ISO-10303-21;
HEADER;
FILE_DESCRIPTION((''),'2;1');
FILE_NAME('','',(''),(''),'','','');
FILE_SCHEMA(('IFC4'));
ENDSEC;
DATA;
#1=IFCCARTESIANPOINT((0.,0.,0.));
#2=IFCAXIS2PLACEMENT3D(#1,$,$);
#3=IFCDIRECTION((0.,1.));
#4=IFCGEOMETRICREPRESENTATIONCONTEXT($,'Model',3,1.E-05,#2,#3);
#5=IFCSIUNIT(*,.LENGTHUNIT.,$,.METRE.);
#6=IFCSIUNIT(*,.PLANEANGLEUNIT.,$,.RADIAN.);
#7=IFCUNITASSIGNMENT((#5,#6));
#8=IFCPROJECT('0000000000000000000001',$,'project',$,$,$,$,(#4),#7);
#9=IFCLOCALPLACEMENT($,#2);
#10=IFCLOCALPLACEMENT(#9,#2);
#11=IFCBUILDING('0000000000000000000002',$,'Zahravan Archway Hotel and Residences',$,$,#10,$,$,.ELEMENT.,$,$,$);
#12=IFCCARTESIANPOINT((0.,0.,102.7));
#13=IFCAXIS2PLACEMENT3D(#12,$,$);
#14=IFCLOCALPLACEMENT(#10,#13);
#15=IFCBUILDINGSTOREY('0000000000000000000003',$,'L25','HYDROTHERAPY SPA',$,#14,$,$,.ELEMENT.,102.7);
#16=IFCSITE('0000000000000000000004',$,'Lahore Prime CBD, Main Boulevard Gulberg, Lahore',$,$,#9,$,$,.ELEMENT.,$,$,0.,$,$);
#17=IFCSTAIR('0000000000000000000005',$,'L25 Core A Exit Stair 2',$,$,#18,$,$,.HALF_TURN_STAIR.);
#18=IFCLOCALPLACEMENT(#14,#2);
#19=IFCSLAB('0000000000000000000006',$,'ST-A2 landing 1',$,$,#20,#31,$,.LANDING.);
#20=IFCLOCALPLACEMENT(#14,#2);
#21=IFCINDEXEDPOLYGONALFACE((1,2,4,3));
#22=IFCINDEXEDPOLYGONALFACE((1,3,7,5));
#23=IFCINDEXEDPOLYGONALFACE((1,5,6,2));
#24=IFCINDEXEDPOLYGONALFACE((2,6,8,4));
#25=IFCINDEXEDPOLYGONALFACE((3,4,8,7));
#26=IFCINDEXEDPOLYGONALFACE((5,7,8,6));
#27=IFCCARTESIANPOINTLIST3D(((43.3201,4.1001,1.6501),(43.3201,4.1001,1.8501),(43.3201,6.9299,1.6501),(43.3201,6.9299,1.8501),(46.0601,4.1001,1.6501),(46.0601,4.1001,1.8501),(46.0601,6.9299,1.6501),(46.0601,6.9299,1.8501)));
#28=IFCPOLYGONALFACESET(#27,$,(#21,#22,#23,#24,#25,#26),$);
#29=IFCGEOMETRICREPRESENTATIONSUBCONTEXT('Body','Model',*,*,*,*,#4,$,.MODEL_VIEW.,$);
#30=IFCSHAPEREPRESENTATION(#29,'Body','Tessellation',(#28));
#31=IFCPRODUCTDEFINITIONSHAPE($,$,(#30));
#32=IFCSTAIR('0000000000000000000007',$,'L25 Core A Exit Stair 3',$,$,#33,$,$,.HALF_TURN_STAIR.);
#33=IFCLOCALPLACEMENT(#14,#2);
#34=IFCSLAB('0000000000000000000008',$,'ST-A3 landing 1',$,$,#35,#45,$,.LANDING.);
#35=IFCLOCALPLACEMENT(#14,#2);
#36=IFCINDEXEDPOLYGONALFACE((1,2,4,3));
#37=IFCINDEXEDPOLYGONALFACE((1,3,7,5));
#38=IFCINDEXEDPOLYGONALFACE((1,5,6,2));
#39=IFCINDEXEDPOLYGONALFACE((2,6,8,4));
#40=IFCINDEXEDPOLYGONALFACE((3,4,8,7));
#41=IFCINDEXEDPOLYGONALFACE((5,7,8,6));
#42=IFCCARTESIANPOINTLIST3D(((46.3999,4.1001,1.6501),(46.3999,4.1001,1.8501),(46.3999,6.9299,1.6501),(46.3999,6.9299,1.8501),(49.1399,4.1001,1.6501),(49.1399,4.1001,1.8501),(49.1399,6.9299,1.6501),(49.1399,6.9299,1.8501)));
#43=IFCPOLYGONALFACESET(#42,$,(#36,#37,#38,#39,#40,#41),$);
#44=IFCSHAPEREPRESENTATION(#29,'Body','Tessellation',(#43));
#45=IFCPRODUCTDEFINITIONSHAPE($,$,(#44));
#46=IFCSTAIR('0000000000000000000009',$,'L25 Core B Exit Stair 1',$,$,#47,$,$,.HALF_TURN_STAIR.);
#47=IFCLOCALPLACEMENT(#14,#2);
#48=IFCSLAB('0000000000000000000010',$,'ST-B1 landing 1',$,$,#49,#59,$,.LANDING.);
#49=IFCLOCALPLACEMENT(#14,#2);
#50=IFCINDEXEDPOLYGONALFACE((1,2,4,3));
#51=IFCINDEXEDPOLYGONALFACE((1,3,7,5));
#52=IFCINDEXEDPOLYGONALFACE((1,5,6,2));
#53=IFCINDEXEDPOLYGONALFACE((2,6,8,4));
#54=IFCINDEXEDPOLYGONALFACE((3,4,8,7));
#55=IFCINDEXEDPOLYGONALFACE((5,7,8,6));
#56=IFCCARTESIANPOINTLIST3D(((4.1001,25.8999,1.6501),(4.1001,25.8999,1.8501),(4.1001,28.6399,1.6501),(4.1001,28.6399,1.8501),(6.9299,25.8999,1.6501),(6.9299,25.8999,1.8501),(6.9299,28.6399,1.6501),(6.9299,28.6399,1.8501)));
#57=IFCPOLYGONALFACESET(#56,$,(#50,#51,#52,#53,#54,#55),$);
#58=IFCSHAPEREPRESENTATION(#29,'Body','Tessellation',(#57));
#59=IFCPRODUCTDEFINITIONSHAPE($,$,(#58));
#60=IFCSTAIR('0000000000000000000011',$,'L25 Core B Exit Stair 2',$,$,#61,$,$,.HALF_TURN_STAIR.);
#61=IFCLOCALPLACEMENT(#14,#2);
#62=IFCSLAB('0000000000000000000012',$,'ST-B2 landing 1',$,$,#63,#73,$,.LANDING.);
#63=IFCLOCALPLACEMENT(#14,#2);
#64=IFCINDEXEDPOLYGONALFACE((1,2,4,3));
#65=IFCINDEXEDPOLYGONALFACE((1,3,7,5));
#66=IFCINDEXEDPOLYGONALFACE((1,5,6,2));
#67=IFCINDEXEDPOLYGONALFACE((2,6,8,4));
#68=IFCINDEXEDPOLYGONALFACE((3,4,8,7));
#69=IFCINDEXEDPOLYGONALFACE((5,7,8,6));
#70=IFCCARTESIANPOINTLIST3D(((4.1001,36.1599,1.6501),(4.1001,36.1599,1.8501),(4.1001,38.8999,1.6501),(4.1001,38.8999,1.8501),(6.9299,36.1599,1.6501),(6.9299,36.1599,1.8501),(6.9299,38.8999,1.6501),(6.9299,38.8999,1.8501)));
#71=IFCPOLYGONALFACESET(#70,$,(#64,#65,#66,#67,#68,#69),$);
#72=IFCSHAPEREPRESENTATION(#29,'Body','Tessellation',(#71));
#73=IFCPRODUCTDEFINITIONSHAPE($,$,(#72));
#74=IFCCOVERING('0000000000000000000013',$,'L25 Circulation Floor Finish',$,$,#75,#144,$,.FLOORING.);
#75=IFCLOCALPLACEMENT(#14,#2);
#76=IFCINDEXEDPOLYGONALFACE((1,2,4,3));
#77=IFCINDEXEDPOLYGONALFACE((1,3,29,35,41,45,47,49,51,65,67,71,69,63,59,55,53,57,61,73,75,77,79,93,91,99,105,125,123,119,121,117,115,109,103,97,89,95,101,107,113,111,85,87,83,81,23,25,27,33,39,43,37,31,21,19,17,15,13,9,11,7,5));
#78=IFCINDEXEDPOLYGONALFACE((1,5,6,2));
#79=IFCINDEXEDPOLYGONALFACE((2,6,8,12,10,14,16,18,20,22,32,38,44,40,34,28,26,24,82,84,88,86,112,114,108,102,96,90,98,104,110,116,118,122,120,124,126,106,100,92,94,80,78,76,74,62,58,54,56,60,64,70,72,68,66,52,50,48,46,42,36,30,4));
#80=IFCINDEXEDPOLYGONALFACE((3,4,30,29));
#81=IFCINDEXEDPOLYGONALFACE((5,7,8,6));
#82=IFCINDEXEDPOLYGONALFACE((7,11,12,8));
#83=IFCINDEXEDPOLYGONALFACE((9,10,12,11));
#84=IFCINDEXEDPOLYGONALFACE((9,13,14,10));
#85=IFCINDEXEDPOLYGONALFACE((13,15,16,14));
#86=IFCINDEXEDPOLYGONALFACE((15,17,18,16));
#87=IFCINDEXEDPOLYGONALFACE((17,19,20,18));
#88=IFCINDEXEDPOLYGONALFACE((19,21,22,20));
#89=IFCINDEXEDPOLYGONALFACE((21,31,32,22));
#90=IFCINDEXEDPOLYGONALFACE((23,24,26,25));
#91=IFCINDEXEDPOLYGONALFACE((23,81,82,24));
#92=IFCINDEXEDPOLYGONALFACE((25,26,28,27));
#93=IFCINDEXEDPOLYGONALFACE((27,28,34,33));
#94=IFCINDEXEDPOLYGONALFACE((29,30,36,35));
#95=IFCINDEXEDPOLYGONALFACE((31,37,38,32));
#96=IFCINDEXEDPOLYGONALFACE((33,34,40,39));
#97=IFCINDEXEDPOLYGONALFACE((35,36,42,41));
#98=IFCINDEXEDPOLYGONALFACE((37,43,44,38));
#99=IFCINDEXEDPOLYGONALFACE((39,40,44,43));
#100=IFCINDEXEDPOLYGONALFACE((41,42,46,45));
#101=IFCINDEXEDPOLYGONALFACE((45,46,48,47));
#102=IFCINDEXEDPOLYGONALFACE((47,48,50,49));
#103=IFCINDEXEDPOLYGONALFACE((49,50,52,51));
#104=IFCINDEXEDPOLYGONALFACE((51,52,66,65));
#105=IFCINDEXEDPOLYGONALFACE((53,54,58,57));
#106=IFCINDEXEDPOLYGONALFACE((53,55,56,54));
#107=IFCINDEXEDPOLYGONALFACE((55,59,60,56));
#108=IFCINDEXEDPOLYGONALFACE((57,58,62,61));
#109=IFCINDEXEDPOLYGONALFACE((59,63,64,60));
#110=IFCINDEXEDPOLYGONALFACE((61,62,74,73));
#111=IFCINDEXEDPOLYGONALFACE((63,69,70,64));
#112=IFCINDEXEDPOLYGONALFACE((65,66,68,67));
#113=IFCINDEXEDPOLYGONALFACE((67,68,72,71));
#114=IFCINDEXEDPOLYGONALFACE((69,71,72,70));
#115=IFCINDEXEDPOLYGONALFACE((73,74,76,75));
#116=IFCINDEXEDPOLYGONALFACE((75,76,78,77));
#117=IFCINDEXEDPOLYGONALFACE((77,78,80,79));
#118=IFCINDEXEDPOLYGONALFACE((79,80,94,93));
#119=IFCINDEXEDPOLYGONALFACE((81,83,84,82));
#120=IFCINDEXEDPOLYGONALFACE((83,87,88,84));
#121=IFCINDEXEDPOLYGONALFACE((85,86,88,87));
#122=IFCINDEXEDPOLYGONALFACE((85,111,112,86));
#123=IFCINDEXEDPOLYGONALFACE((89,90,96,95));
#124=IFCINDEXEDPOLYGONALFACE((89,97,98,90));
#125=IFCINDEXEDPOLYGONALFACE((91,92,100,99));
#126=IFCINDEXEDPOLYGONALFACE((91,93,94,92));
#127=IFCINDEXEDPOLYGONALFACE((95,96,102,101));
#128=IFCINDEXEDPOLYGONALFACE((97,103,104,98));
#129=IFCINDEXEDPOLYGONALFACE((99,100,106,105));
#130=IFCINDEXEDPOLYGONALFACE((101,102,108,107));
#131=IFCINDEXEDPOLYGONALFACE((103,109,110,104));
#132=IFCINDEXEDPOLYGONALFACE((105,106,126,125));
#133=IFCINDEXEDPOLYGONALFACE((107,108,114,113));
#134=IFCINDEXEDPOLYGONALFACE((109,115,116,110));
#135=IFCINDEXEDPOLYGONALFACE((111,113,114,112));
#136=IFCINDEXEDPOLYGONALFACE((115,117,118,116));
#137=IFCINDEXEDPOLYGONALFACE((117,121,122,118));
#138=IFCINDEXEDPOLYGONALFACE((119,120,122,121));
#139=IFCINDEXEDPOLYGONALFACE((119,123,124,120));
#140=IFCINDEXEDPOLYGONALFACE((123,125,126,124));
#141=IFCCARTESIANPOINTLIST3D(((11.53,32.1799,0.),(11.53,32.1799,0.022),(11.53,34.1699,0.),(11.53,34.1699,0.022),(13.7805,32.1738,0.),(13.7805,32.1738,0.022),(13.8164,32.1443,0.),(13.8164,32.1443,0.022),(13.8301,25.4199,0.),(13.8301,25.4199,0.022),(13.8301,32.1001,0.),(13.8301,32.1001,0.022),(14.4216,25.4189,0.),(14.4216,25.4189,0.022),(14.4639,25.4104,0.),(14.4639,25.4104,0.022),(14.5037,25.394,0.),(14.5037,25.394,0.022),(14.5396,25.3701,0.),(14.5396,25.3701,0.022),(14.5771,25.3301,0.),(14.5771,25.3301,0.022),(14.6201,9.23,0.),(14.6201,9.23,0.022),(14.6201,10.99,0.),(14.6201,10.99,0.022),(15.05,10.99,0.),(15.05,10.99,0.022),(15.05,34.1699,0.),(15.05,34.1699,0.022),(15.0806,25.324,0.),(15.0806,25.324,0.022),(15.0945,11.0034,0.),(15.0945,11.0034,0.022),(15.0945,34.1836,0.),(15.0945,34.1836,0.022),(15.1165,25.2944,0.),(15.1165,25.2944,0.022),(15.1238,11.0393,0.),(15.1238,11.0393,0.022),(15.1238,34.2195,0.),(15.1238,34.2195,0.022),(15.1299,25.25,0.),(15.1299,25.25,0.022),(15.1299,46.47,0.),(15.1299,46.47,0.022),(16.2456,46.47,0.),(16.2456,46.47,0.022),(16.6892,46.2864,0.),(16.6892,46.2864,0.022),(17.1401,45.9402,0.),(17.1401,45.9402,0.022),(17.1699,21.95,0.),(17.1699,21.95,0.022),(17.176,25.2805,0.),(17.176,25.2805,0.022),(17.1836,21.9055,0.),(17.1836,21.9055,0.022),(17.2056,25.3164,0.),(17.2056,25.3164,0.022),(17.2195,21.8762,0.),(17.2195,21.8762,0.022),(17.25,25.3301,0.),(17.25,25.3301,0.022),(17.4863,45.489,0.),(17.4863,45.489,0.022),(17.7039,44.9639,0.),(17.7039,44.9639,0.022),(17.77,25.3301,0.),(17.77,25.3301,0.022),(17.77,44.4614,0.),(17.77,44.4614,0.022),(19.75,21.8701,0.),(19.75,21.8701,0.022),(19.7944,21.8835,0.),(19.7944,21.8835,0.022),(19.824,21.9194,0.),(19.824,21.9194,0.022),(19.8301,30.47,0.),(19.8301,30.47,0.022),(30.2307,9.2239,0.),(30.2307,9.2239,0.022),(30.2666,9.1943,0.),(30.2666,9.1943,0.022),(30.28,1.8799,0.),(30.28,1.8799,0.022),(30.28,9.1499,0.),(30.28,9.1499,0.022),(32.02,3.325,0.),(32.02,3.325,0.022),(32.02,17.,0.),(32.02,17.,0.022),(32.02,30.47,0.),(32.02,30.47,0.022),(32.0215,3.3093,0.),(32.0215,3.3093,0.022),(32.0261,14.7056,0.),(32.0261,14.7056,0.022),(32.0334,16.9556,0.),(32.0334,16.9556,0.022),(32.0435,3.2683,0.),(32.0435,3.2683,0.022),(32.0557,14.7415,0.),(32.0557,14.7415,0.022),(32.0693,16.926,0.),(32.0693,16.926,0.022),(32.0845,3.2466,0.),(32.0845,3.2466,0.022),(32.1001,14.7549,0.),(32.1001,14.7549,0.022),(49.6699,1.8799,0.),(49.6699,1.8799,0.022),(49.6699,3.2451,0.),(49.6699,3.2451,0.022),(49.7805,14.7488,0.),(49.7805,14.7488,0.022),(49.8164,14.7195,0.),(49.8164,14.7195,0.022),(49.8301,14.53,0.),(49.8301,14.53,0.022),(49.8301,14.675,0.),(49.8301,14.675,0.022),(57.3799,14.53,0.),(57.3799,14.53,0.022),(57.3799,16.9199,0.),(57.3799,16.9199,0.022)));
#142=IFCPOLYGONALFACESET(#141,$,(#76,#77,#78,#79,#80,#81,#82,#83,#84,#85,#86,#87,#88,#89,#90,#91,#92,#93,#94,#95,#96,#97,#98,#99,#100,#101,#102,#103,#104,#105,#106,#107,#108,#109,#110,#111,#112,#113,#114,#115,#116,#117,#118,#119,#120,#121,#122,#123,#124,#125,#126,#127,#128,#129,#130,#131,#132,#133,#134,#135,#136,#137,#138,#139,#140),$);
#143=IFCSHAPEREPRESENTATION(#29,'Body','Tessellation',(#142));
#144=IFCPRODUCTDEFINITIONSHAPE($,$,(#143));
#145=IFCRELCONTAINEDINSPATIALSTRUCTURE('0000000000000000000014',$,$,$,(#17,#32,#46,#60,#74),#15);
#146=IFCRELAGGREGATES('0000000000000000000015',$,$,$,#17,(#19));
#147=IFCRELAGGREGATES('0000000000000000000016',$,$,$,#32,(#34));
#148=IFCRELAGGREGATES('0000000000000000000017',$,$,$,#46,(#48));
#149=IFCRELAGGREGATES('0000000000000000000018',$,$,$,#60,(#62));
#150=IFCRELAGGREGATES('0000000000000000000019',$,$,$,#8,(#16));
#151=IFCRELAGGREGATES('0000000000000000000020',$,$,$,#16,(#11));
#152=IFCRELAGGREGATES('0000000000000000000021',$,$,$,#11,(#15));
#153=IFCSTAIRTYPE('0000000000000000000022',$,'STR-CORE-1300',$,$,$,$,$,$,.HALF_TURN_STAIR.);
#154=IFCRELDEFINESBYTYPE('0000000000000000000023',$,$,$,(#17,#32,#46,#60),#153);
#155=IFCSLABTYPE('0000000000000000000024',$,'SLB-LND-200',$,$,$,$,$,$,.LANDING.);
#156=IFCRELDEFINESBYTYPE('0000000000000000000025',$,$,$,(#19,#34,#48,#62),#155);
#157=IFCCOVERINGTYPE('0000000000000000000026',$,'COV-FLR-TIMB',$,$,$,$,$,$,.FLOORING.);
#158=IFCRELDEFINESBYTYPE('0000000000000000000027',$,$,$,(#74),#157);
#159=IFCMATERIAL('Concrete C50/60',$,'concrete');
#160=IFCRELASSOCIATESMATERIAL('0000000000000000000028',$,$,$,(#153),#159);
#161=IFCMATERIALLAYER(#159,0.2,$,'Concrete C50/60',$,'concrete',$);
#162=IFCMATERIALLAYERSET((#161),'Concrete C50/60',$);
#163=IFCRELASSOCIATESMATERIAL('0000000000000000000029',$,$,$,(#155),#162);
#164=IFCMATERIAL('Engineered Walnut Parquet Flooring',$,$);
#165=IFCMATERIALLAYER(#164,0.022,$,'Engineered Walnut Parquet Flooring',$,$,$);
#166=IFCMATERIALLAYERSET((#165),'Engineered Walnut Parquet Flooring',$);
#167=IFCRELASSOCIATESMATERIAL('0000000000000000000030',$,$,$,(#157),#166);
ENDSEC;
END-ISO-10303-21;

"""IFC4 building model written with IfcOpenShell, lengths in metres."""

from ifc_helpers import new_model, si_unit, direction, frame, origin, place, context, subcontext, project, spatial, polyline, outline, extrude, material, layer, layer_set, type_object, element, aggregate, save


model = new_model("IFC4")

# Units and contexts
model_context = context("Model", 3, precision=1e-05, world=origin(), true_north=direction((0.0, 1.0)))
body_context = subcontext(model_context, "Body", "Model", "MODEL_VIEW")
ifc_project = project(units=[si_unit("LENGTHUNIT", "METRE"), si_unit("PLANEANGLEUNIT", "RADIAN")], contexts=[model_context])

# Site, building, storey
site_placement = place(None, origin())
site = spatial("IfcSite", under=ifc_project, at=site_placement, Name="Lahore Prime CBD, Main Boulevard Gulberg, Lahore", CompositionType="ELEMENT", RefElevation=0.0)
building_placement = place(site_placement, origin())
building = spatial("IfcBuilding", under=site, at=building_placement, Name="Zahravan Archway Hotel and Residences", CompositionType="ELEMENT")
storey_placement = place(building_placement, frame((0.0, 0.0, 102.7)))
storey = spatial("IfcBuildingStorey", under=building, at=storey_placement, Name="L25", Description="HYDROTHERAPY SPA", CompositionType="ELEMENT", Elevation=102.7)

# Stairs, slabs
ifc_material_1 = material(Name="Concrete C50/60", Category="concrete")
stair_type = type_object("IfcStairType", Name="STR-CORE-1300", PredefinedType="HALF_TURN_STAIR", material=ifc_material_1)
ifc_layer_1 = layer(ifc_material_1, 0.2, Name="Concrete C50/60", Category="concrete")
ifc_layer_set_1 = layer_set([ifc_layer_1], Name="Concrete C50/60")
slab_type_1 = type_object("IfcSlabType", Name="SLB-LND-200", PredefinedType="LANDING", material=ifc_layer_set_1)
stair_1_placement = place(storey_placement, origin())
stair_1 = element("IfcStair", 1, at=stair_1_placement, inside=storey, type_object=stair_type, Name="L25 Core A Exit Stair 2", PredefinedType="HALF_TURN_STAIR")
slab_1_placement = place(storey_placement, frame((0.0, 0.0, 1.6501)))
slab_1 = element("IfcSlab", 2, at=slab_1_placement, type_object=slab_type_1, Name="ST-A2 landing 1", PredefinedType="LANDING", context=body_context, shape_type="SweptSolid", body=[
    extrude(outline(polyline([(43.3201, 6.9299), (43.3201, 4.1001), (46.0601, 4.1001), (46.0601, 6.9299), (43.3201, 6.9299)])), origin(), (0.0, 0.0, 1.0), 0.2),
])
aggregate(stair_1, [slab_1])
stair_2_placement = place(storey_placement, origin())
stair_2 = element("IfcStair", 3, at=stair_2_placement, inside=storey, type_object=stair_type, Name="L25 Core A Exit Stair 3", PredefinedType="HALF_TURN_STAIR")
slab_2_placement = place(storey_placement, frame((0.0, 0.0, 1.6501)))
slab_2 = element("IfcSlab", 4, at=slab_2_placement, type_object=slab_type_1, Name="ST-A3 landing 1", PredefinedType="LANDING", context=body_context, shape_type="SweptSolid", body=[
    extrude(outline(polyline([(46.3999, 6.9299), (46.3999, 4.1001), (49.1399, 4.1001), (49.1399, 6.9299), (46.3999, 6.9299)])), origin(), (0.0, 0.0, 1.0), 0.2),
])
aggregate(stair_2, [slab_2])
stair_3_placement = place(storey_placement, origin())
stair_3 = element("IfcStair", 5, at=stair_3_placement, inside=storey, type_object=stair_type, Name="L25 Core B Exit Stair 1", PredefinedType="HALF_TURN_STAIR")
slab_3_placement = place(storey_placement, frame((0.0, 0.0, 1.6501)))
slab_3 = element("IfcSlab", 6, at=slab_3_placement, type_object=slab_type_1, Name="ST-B1 landing 1", PredefinedType="LANDING", context=body_context, shape_type="SweptSolid", body=[
    extrude(outline(polyline([(6.9299, 28.6399), (4.1001, 28.6399), (4.1001, 25.8999), (6.9299, 25.8999), (6.9299, 28.6399)])), origin(), (0.0, 0.0, 1.0), 0.2),
])
aggregate(stair_3, [slab_3])
stair_4_placement = place(storey_placement, origin())
stair_4 = element("IfcStair", 7, at=stair_4_placement, inside=storey, type_object=stair_type, Name="L25 Core B Exit Stair 2", PredefinedType="HALF_TURN_STAIR")
slab_4_placement = place(storey_placement, frame((0.0, 0.0, 1.6501)))
slab_4 = element("IfcSlab", 8, at=slab_4_placement, type_object=slab_type_1, Name="ST-B2 landing 1", PredefinedType="LANDING", context=body_context, shape_type="SweptSolid", body=[
    extrude(outline(polyline([(6.9299, 38.8999), (4.1001, 38.8999), (4.1001, 36.1599), (6.9299, 36.1599), (6.9299, 38.8999)])), origin(), (0.0, 0.0, 1.0), 0.2),
])
aggregate(stair_4, [slab_4])

# Covering
ifc_material_2 = material(Name="Engineered Walnut Parquet Flooring")
ifc_layer_2 = layer(ifc_material_2, 0.022, Name="Engineered Walnut Parquet Flooring")
ifc_layer_set_2 = layer_set([ifc_layer_2], Name="Engineered Walnut Parquet Flooring")
covering_type = type_object("IfcCoveringType", Name="COV-FLR-TIMB", PredefinedType="FLOORING", material=ifc_layer_set_2)
covering_placement = place(storey_placement, origin())
element("IfcCovering", 9, at=covering_placement, inside=storey, type_object=covering_type, Name="L25 Circulation Floor Finish", PredefinedType="FLOORING", context=body_context, shape_type="SweptSolid", body=[
    extrude(outline(polyline([(32.0215, 3.3093), (32.0435, 3.2683), (32.0845, 3.2466), (49.6699, 3.2451), (49.6699, 1.8799), (30.28, 1.8799), (30.28, 9.1499), (30.2666, 9.1943), (30.2307, 9.2239), (14.6201, 9.23), (14.6201, 10.99), (15.05, 10.99), (15.0945, 11.0034), (15.1238, 11.0393), (15.1299, 25.25), (15.1165, 25.2944), (15.0806, 25.324), (14.5771, 25.3301), (14.5396, 25.3701), (14.5037, 25.394), (14.4639, 25.4104), (14.4216, 25.4189), (13.8301, 25.4199), (13.8301, 32.1001), (13.8164, 32.1443), (13.7805, 32.1738), (11.53, 32.1799), (11.53, 34.1699), (15.05, 34.1699), (15.0945, 34.1836), (15.1238, 34.2195), (15.1299, 46.47), (16.2456, 46.47), (16.6892, 46.2864), (17.1401, 45.9402), (17.4863, 45.489), (17.7039, 44.9639), (17.77, 44.4614), (17.77, 25.3301), (17.25, 25.3301), (17.2056, 25.3164), (17.176, 25.2805), (17.1699, 21.95), (17.1836, 21.9055), (17.2195, 21.8762), (19.75, 21.8701), (19.7944, 21.8835), (19.824, 21.9194), (19.8301, 30.47), (32.02, 30.47), (32.02, 17.0), (32.0334, 16.9556), (32.0693, 16.926), (57.3799, 16.9199), (57.3799, 14.53), (49.8301, 14.53), (49.8301, 14.675), (49.8164, 14.7195), (49.7805, 14.7488), (32.1001, 14.7549), (32.0557, 14.7415), (32.0261, 14.7056), (32.02, 3.325), (32.0215, 3.3093)])), origin(), (0.0, 0.0, 1.0), 0.022),
])

save(model, "model.ifc")
